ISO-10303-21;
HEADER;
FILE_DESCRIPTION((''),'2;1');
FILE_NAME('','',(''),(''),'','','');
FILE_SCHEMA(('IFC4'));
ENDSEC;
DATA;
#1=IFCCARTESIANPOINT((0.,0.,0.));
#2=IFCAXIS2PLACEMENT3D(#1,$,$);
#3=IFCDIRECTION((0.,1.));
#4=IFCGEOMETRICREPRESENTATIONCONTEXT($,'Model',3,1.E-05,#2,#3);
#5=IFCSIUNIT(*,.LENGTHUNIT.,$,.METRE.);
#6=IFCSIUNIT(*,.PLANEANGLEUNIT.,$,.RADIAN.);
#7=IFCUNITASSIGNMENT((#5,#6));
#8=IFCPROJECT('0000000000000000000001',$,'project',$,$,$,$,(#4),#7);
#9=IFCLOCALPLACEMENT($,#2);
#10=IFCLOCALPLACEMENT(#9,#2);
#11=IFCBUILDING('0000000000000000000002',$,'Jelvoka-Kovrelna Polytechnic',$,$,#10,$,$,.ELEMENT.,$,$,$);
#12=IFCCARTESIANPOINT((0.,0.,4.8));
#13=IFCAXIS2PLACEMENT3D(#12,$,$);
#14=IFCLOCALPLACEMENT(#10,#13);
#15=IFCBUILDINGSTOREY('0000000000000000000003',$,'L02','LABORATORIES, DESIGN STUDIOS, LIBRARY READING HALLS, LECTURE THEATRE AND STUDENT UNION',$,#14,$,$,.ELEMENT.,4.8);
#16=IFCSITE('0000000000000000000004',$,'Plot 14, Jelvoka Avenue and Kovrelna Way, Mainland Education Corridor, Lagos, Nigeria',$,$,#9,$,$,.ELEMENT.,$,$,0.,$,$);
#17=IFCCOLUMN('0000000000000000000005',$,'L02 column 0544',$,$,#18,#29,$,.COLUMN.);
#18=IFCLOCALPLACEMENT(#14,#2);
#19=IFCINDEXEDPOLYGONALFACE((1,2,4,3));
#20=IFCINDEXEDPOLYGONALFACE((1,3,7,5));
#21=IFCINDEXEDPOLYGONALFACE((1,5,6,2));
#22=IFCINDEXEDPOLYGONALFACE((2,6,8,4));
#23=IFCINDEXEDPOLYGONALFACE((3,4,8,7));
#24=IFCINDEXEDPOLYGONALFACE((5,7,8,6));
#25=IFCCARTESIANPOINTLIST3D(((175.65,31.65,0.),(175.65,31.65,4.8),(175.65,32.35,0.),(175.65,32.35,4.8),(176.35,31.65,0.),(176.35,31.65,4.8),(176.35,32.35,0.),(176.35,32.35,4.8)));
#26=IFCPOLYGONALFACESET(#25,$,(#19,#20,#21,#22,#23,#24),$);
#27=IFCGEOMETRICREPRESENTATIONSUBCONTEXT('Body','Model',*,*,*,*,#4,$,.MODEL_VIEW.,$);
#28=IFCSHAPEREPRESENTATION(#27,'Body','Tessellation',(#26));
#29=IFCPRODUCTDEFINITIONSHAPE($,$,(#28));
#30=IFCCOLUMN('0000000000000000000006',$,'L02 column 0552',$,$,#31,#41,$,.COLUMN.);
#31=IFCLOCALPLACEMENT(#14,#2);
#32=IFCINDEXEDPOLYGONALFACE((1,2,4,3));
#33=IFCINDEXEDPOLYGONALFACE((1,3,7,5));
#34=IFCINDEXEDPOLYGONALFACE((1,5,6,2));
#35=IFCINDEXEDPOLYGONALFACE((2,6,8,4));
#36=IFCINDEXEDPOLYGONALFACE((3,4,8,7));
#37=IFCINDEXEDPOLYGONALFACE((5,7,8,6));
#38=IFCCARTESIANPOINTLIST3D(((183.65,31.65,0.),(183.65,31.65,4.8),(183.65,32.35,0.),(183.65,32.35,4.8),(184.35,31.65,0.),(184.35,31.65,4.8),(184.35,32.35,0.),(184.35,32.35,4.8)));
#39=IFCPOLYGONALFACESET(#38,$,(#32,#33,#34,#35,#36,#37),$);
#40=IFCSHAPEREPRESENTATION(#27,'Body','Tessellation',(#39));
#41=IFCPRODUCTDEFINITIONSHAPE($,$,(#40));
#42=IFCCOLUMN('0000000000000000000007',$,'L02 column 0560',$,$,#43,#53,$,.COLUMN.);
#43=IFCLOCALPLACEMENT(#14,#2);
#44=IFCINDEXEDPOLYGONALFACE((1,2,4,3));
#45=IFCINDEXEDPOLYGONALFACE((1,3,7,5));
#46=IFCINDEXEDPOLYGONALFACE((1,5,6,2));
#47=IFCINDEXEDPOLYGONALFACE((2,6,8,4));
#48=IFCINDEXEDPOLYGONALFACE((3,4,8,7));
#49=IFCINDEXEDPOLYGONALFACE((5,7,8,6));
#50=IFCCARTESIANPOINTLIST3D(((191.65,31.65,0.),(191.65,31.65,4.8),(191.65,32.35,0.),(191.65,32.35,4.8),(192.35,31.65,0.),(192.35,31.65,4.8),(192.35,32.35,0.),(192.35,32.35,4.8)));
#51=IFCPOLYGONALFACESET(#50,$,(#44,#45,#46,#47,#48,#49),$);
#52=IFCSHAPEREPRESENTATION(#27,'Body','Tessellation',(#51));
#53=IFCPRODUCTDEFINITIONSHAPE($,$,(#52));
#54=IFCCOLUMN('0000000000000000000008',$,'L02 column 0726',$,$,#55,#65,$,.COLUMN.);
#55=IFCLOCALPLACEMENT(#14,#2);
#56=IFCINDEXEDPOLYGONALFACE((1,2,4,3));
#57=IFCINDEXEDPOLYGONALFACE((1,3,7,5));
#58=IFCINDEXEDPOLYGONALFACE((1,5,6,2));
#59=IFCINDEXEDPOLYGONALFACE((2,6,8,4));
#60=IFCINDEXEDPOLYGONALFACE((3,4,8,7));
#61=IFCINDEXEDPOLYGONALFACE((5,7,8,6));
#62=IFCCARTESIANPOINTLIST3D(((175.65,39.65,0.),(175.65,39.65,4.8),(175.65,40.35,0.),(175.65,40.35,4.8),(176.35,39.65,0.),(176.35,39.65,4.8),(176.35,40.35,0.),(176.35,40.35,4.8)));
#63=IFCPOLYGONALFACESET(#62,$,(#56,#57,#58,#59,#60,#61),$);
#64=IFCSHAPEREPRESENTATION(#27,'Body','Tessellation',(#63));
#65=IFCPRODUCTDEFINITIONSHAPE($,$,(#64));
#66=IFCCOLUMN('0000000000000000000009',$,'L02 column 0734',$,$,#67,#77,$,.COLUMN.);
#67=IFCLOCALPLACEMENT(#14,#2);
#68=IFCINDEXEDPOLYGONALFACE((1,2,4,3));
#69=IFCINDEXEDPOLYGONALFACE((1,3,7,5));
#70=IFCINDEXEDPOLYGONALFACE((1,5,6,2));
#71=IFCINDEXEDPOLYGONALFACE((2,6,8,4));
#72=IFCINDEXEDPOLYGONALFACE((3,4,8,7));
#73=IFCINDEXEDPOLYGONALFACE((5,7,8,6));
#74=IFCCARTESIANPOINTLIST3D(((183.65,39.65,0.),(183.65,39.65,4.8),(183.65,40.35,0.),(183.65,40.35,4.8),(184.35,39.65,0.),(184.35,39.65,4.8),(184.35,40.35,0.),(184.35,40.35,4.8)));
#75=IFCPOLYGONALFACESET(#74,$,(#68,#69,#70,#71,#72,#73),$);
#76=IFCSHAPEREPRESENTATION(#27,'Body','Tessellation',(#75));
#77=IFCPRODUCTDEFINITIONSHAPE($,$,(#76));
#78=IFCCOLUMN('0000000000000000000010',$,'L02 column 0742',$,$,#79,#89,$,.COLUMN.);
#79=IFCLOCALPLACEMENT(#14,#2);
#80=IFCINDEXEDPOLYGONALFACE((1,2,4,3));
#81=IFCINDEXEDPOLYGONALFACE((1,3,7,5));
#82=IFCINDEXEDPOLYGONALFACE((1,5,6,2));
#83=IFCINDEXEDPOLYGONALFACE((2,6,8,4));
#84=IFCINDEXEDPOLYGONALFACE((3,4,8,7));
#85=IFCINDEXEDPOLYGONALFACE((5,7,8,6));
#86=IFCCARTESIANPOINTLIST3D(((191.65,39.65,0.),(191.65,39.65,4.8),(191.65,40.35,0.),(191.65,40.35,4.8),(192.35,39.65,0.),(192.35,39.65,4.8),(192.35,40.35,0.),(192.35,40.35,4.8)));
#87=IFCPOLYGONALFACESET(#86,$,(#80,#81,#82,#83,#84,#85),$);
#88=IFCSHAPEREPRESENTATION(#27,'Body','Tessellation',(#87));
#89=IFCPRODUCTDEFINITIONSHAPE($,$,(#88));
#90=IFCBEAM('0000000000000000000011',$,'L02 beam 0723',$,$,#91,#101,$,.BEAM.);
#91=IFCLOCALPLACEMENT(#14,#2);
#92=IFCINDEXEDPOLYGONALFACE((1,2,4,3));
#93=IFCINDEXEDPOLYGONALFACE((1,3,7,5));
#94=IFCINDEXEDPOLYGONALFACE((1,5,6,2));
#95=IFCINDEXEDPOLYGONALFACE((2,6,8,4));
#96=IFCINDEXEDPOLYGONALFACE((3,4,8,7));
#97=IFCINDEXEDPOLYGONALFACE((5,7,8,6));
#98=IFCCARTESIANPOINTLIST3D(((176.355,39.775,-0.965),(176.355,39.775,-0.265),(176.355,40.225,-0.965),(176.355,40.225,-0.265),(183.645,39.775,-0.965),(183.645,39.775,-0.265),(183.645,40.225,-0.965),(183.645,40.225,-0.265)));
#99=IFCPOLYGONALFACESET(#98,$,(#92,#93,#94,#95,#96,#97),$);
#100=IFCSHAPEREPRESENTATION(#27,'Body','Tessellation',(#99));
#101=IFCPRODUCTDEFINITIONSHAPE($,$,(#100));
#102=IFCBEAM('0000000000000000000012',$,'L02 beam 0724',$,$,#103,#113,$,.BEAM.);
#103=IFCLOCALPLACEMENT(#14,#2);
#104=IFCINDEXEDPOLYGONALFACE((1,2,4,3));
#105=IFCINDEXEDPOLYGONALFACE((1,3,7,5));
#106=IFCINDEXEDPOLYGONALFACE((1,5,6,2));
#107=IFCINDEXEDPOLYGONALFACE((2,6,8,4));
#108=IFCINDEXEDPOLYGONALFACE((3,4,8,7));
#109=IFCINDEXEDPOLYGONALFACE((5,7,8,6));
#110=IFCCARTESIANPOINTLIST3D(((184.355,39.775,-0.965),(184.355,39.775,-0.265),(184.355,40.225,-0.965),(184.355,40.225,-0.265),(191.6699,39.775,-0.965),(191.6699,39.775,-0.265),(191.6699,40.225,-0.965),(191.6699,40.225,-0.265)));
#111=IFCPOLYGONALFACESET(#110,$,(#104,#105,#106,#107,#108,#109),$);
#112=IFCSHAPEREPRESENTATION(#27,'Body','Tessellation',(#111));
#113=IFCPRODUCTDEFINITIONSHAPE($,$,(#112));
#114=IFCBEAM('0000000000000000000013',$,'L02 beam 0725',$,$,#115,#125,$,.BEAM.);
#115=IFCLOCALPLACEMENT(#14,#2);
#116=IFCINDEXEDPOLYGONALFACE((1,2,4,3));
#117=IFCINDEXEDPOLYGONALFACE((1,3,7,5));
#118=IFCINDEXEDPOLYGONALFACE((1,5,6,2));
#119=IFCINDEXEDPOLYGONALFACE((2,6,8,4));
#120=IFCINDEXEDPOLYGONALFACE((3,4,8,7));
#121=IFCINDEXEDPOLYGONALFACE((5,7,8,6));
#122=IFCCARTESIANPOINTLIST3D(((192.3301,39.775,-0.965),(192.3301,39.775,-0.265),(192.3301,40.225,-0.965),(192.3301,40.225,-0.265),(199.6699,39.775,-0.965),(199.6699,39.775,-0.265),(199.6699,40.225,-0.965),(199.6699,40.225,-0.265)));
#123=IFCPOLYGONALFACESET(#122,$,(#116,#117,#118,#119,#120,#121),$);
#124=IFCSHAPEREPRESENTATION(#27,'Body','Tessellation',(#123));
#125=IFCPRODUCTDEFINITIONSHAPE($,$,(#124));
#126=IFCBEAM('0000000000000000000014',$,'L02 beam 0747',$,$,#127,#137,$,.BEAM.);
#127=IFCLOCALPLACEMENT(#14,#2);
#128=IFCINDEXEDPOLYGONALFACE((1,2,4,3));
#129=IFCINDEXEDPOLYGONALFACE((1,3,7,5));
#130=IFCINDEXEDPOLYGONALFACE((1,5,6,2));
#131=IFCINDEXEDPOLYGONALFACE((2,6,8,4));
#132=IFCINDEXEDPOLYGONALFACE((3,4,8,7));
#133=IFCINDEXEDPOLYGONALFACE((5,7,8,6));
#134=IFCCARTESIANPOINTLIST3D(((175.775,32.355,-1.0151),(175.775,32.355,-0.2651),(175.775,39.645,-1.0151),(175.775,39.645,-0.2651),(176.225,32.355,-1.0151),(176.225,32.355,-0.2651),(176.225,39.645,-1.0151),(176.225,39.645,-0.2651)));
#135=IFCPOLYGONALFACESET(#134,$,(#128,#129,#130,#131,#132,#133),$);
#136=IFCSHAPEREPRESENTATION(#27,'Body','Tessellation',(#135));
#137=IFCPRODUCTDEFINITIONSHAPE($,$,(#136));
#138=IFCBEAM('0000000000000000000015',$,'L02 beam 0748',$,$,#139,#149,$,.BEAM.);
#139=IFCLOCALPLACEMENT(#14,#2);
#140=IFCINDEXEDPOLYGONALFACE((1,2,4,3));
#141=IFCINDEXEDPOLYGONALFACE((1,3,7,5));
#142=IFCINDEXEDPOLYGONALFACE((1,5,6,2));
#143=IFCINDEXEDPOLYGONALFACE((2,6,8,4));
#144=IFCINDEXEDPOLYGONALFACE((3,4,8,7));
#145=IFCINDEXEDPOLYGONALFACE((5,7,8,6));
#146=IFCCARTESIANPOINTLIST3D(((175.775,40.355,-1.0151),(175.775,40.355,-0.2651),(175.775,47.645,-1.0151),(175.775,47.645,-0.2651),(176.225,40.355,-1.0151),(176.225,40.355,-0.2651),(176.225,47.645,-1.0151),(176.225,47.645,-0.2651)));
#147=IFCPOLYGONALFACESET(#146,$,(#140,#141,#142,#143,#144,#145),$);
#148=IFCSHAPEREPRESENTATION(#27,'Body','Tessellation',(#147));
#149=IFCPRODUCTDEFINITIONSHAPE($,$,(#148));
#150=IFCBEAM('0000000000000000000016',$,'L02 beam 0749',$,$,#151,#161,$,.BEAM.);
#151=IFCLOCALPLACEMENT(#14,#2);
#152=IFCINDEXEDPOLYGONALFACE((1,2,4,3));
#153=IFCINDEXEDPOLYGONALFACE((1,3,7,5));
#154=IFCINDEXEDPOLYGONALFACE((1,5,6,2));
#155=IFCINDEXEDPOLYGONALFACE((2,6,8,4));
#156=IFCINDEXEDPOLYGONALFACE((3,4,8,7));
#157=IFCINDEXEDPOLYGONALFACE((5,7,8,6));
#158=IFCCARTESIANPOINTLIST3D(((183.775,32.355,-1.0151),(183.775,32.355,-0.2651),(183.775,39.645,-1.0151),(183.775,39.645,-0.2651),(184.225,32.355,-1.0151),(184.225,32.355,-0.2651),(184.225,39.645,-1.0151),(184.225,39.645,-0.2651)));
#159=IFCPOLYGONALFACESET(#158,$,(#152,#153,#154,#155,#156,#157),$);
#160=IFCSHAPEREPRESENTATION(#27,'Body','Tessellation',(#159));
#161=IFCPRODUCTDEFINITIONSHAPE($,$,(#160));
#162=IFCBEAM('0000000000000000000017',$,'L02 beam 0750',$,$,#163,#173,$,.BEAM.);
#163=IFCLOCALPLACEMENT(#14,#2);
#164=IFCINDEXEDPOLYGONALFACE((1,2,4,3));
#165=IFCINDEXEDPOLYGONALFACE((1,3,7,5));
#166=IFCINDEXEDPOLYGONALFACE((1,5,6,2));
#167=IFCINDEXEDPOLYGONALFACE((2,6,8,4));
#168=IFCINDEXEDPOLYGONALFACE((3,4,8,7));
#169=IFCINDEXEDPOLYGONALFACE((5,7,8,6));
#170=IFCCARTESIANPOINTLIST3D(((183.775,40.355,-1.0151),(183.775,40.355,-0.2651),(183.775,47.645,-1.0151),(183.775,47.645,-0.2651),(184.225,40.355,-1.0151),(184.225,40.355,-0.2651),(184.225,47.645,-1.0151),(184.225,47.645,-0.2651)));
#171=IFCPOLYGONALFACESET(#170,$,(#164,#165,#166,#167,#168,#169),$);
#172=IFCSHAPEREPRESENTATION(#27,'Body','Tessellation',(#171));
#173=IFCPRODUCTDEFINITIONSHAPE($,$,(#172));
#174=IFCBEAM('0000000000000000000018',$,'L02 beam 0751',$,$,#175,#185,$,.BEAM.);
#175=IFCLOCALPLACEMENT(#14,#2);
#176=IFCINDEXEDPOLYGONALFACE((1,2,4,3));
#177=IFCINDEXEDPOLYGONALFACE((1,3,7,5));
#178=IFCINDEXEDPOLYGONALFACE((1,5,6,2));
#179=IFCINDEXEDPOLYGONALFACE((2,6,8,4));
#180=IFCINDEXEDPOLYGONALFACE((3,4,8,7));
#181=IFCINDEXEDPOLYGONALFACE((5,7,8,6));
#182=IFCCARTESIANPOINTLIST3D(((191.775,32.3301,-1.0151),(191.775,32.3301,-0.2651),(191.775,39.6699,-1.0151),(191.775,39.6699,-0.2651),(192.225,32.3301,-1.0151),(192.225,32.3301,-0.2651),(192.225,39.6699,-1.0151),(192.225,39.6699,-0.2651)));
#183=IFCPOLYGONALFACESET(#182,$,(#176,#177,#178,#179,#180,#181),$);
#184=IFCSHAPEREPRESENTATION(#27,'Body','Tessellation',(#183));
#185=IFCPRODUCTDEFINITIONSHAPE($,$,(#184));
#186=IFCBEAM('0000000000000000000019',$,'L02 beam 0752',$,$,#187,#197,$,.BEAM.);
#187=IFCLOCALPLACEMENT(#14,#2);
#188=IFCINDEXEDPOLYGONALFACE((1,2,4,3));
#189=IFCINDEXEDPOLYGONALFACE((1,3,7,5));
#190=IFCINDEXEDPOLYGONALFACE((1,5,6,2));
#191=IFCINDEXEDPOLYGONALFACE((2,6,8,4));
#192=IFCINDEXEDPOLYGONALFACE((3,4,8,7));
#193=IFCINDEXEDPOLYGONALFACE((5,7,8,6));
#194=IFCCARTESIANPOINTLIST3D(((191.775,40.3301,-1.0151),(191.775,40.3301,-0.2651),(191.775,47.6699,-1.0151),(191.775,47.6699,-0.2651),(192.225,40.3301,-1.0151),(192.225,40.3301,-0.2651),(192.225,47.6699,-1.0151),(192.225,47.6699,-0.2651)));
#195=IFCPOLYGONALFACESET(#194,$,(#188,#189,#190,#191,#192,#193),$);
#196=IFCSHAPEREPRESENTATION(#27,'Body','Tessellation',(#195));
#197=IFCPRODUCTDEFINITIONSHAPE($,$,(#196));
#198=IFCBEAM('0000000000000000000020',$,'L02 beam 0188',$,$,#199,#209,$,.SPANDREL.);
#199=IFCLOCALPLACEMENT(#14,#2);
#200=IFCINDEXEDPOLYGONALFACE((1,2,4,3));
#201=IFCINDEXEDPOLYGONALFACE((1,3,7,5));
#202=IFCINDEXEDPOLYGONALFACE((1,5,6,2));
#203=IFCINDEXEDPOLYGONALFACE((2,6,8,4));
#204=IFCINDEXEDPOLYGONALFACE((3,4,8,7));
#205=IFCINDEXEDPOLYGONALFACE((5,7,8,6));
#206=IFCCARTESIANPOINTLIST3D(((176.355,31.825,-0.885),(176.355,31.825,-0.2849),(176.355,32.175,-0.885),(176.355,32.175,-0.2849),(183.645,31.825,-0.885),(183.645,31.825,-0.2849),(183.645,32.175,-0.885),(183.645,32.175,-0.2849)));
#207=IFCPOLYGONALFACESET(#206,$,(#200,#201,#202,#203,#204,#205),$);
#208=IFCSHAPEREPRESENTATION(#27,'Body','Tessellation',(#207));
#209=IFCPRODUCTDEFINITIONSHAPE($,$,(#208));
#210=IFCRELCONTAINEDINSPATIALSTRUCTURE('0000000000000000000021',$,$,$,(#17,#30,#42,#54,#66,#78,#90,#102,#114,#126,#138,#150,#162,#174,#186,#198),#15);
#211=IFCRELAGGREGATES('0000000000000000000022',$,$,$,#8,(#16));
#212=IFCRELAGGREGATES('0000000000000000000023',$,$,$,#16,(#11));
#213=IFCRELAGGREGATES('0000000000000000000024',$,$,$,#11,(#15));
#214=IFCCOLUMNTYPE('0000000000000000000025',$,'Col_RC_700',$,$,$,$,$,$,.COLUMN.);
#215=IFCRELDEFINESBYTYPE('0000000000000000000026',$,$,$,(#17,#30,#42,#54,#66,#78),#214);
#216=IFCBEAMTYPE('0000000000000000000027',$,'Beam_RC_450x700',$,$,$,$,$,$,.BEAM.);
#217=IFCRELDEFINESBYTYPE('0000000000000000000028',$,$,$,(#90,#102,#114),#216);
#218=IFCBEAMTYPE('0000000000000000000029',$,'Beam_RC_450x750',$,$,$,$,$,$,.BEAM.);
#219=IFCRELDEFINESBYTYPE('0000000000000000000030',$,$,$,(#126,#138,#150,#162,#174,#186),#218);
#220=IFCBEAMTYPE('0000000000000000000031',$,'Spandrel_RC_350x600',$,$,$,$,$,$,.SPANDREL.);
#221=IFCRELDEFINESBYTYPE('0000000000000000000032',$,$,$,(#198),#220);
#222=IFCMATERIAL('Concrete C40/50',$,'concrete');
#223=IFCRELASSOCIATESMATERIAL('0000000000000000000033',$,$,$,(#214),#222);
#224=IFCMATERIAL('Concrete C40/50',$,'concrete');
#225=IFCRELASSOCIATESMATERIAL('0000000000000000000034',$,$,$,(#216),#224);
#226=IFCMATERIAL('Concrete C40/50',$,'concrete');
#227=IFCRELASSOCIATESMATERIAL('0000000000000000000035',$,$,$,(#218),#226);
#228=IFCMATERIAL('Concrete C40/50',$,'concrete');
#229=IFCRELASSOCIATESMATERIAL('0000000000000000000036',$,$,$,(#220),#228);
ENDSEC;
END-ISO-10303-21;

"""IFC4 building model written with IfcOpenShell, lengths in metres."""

from ifc_helpers import new_model, si_unit, direction, frame, origin, origin_2d, place, context, subcontext, project, spatial, rectangle, extrude, material, material_profile, profile_set, type_object, element, save


model = new_model("IFC4")

# Units and contexts
model_context = context("Model", 3, precision=1e-05, world=origin(), true_north=direction((0.0, 1.0)))
body_context = subcontext(model_context, "Body", "Model", "MODEL_VIEW")
ifc_project = project(units=[si_unit("LENGTHUNIT", "METRE"), si_unit("PLANEANGLEUNIT", "RADIAN")], contexts=[model_context])

# Site, building, storey
site_placement = place(None, origin())
site = spatial("IfcSite", under=ifc_project, at=site_placement, Name="Plot 14, Jelvoka Avenue and Kovrelna Way, Mainland Education Corridor, Lagos, Nigeria", CompositionType="ELEMENT", RefElevation=0.0)
building_placement = place(site_placement, origin())
building = spatial("IfcBuilding", under=site, at=building_placement, Name="Jelvoka-Kovrelna Polytechnic", CompositionType="ELEMENT")
storey_placement = place(building_placement, frame((0.0, 0.0, 4.8)))
storey = spatial("IfcBuildingStorey", under=building, at=storey_placement, Name="L02", Description="LABORATORIES, DESIGN STUDIOS, LIBRARY READING HALLS, LECTURE THEATRE AND STUDENT UNION", CompositionType="ELEMENT", Elevation=4.8)

# Columns
ifc_material_1 = material(Name="Concrete C40/50", Category="concrete")
ifc_material_profile_1 = material_profile(ifc_material_1, rectangle(XDim=0.7, YDim=0.7, at=origin_2d()), Name="RC 700x700")
ifc_profile_set_1 = profile_set([ifc_material_profile_1], Name="Concrete C40/50")
column_type = type_object("IfcColumnType", Name="Col_RC_700", PredefinedType="COLUMN", material=ifc_profile_set_1)
for number, where, z_axis, x_axis, name in (
    (1, (176.0, 32.0, 0.0), (0.0, 0.0, 1.0), (1.0, 0.0, 0.0), "L02 column 0544"),
    (2, (184.0, 32.0, 0.0), (0.0, 0.0, 1.0), (1.0, 0.0, 0.0), "L02 column 0552"),
    (3, (192.0, 32.0, 0.0), (0.0, 0.0, 1.0), (1.0, 0.0, 0.0), "L02 column 0560"),
    (4, (176.0, 40.0, 0.0), (0.0, 0.0, 1.0), (1.0, 0.0, 0.0), "L02 column 0726"),
    (5, (184.0, 40.0, 0.0), (0.0, 0.0, 1.0), (1.0, 0.0, 0.0), "L02 column 0734"),
    (6, (192.0, 40.0, 0.0), (0.0, 0.0, 1.0), (1.0, 0.0, 0.0), "L02 column 0742"),
):
    element("IfcColumn", number, at=place(storey_placement, frame(where, z_axis=z_axis, x_axis=x_axis)), inside=storey, type_object=column_type, Name=name, PredefinedType="COLUMN", context=body_context, shape_type="SweptSolid", body=[
        extrude(rectangle(XDim=0.7, YDim=0.7, at=origin_2d()), origin(), (0.0, 0.0, 1.0), 4.8),
    ])

# Beams
ifc_material_2 = material(Name="Concrete C40/50", Category="concrete")
ifc_material_profile_2 = material_profile(ifc_material_2, rectangle(XDim=0.45, YDim=0.7, at=origin_2d()), Name="RC 450x700")
ifc_profile_set_2 = profile_set([ifc_material_profile_2], Name="Concrete C40/50")
beam_type_1 = type_object("IfcBeamType", Name="Beam_RC_450x700", PredefinedType="BEAM", material=ifc_profile_set_2)
beam_1_placement = place(storey_placement, frame((176.355, 40.0, -0.615), z_axis=(1.0, 0.0, 0.0), x_axis=(0.0, 1.0, 0.0)))
element("IfcBeam", 7, at=beam_1_placement, inside=storey, type_object=beam_type_1, Name="L02 beam 0723", PredefinedType="BEAM", context=body_context, shape_type="SweptSolid", body=[
    extrude(rectangle(XDim=0.45, YDim=0.7, at=origin_2d()), origin(), (0.0, 0.0, 1.0), 7.29),
])
beam_2_placement = place(storey_placement, frame((184.355, 40.0, -0.615), z_axis=(1.0, 0.0, 0.0), x_axis=(0.0, 1.0, 0.0)))
element("IfcBeam", 8, at=beam_2_placement, inside=storey, type_object=beam_type_1, Name="L02 beam 0724", PredefinedType="BEAM", context=body_context, shape_type="SweptSolid", body=[
    extrude(rectangle(XDim=0.45, YDim=0.7, at=origin_2d()), origin(), (0.0, 0.0, 1.0), 7.3149),
])
beam_3_placement = place(storey_placement, frame((192.3301, 40.0, -0.615), z_axis=(1.0, 0.0, 0.0), x_axis=(0.0, 1.0, 0.0)))
element("IfcBeam", 9, at=beam_3_placement, inside=storey, type_object=beam_type_1, Name="L02 beam 0725", PredefinedType="BEAM", context=body_context, shape_type="SweptSolid", body=[
    extrude(rectangle(XDim=0.45, YDim=0.7, at=origin_2d()), origin(), (0.0, 0.0, 1.0), 7.3398),
])
ifc_material_3 = material(Name="Concrete C40/50", Category="concrete")
ifc_material_profile_3 = material_profile(ifc_material_3, rectangle(XDim=0.45, YDim=0.75, at=origin_2d()), Name="RC 450x750")
ifc_profile_set_3 = profile_set([ifc_material_profile_3], Name="Concrete C40/50")
beam_type_2 = type_object("IfcBeamType", Name="Beam_RC_450x750", PredefinedType="BEAM", material=ifc_profile_set_3)
for number, where, z_axis, x_axis, name in (
    (10, (176.0, 32.355, -0.6401), (0.0, 1.0, 0.0), (-1.0, 0.0, 0.0), "L02 beam 0747"),
    (11, (176.0, 40.355, -0.6401), (0.0, 1.0, 0.0), (-1.0, 0.0, 0.0), "L02 beam 0748"),
    (12, (184.0, 32.355, -0.6401), (0.0, 1.0, 0.0), (-1.0, 0.0, 0.0), "L02 beam 0749"),
    (13, (184.0, 40.355, -0.6401), (0.0, 1.0, 0.0), (-1.0, 0.0, 0.0), "L02 beam 0750"),
):
    element("IfcBeam", number, at=place(storey_placement, frame(where, z_axis=z_axis, x_axis=x_axis)), inside=storey, type_object=beam_type_2, Name=name, PredefinedType="BEAM", context=body_context, shape_type="SweptSolid", body=[
        extrude(rectangle(XDim=0.45, YDim=0.75, at=origin_2d()), origin(), (0.0, 0.0, 1.0), 7.29),
    ])
for number, where, z_axis, x_axis, name in (
    (14, (192.0, 32.3301, -0.6401), (0.0, 1.0, 0.0), (-1.0, 0.0, 0.0), "L02 beam 0751"),
    (15, (192.0, 40.3301, -0.6401), (0.0, 1.0, 0.0), (-1.0, 0.0, 0.0), "L02 beam 0752"),
):
    element("IfcBeam", number, at=place(storey_placement, frame(where, z_axis=z_axis, x_axis=x_axis)), inside=storey, type_object=beam_type_2, Name=name, PredefinedType="BEAM", context=body_context, shape_type="SweptSolid", body=[
        extrude(rectangle(XDim=0.45, YDim=0.75, at=origin_2d()), origin(), (0.0, 0.0, 1.0), 7.3398),
    ])
ifc_material_4 = material(Name="Concrete C40/50", Category="concrete")
ifc_material_profile_4 = material_profile(ifc_material_4, rectangle(XDim=0.3501, YDim=0.6001, at=origin_2d()), Name="RC 350x600")
ifc_profile_set_4 = profile_set([ifc_material_profile_4], Name="Concrete C40/50")
beam_type_3 = type_object("IfcBeamType", Name="Spandrel_RC_350x600", PredefinedType="SPANDREL", material=ifc_profile_set_4)
beam_4_placement = place(storey_placement, frame((176.355, 32.0, -0.585), z_axis=(1.0, 0.0, 0.0), x_axis=(0.0, 1.0, 0.0)))
element("IfcBeam", 16, at=beam_4_placement, inside=storey, type_object=beam_type_3, Name="L02 beam 0188", PredefinedType="SPANDREL", context=body_context, shape_type="SweptSolid", body=[
    extrude(rectangle(XDim=0.3501, YDim=0.6001, at=origin_2d()), origin(), (0.0, 0.0, 1.0), 7.29),
])

save(model, "model.ifc")
